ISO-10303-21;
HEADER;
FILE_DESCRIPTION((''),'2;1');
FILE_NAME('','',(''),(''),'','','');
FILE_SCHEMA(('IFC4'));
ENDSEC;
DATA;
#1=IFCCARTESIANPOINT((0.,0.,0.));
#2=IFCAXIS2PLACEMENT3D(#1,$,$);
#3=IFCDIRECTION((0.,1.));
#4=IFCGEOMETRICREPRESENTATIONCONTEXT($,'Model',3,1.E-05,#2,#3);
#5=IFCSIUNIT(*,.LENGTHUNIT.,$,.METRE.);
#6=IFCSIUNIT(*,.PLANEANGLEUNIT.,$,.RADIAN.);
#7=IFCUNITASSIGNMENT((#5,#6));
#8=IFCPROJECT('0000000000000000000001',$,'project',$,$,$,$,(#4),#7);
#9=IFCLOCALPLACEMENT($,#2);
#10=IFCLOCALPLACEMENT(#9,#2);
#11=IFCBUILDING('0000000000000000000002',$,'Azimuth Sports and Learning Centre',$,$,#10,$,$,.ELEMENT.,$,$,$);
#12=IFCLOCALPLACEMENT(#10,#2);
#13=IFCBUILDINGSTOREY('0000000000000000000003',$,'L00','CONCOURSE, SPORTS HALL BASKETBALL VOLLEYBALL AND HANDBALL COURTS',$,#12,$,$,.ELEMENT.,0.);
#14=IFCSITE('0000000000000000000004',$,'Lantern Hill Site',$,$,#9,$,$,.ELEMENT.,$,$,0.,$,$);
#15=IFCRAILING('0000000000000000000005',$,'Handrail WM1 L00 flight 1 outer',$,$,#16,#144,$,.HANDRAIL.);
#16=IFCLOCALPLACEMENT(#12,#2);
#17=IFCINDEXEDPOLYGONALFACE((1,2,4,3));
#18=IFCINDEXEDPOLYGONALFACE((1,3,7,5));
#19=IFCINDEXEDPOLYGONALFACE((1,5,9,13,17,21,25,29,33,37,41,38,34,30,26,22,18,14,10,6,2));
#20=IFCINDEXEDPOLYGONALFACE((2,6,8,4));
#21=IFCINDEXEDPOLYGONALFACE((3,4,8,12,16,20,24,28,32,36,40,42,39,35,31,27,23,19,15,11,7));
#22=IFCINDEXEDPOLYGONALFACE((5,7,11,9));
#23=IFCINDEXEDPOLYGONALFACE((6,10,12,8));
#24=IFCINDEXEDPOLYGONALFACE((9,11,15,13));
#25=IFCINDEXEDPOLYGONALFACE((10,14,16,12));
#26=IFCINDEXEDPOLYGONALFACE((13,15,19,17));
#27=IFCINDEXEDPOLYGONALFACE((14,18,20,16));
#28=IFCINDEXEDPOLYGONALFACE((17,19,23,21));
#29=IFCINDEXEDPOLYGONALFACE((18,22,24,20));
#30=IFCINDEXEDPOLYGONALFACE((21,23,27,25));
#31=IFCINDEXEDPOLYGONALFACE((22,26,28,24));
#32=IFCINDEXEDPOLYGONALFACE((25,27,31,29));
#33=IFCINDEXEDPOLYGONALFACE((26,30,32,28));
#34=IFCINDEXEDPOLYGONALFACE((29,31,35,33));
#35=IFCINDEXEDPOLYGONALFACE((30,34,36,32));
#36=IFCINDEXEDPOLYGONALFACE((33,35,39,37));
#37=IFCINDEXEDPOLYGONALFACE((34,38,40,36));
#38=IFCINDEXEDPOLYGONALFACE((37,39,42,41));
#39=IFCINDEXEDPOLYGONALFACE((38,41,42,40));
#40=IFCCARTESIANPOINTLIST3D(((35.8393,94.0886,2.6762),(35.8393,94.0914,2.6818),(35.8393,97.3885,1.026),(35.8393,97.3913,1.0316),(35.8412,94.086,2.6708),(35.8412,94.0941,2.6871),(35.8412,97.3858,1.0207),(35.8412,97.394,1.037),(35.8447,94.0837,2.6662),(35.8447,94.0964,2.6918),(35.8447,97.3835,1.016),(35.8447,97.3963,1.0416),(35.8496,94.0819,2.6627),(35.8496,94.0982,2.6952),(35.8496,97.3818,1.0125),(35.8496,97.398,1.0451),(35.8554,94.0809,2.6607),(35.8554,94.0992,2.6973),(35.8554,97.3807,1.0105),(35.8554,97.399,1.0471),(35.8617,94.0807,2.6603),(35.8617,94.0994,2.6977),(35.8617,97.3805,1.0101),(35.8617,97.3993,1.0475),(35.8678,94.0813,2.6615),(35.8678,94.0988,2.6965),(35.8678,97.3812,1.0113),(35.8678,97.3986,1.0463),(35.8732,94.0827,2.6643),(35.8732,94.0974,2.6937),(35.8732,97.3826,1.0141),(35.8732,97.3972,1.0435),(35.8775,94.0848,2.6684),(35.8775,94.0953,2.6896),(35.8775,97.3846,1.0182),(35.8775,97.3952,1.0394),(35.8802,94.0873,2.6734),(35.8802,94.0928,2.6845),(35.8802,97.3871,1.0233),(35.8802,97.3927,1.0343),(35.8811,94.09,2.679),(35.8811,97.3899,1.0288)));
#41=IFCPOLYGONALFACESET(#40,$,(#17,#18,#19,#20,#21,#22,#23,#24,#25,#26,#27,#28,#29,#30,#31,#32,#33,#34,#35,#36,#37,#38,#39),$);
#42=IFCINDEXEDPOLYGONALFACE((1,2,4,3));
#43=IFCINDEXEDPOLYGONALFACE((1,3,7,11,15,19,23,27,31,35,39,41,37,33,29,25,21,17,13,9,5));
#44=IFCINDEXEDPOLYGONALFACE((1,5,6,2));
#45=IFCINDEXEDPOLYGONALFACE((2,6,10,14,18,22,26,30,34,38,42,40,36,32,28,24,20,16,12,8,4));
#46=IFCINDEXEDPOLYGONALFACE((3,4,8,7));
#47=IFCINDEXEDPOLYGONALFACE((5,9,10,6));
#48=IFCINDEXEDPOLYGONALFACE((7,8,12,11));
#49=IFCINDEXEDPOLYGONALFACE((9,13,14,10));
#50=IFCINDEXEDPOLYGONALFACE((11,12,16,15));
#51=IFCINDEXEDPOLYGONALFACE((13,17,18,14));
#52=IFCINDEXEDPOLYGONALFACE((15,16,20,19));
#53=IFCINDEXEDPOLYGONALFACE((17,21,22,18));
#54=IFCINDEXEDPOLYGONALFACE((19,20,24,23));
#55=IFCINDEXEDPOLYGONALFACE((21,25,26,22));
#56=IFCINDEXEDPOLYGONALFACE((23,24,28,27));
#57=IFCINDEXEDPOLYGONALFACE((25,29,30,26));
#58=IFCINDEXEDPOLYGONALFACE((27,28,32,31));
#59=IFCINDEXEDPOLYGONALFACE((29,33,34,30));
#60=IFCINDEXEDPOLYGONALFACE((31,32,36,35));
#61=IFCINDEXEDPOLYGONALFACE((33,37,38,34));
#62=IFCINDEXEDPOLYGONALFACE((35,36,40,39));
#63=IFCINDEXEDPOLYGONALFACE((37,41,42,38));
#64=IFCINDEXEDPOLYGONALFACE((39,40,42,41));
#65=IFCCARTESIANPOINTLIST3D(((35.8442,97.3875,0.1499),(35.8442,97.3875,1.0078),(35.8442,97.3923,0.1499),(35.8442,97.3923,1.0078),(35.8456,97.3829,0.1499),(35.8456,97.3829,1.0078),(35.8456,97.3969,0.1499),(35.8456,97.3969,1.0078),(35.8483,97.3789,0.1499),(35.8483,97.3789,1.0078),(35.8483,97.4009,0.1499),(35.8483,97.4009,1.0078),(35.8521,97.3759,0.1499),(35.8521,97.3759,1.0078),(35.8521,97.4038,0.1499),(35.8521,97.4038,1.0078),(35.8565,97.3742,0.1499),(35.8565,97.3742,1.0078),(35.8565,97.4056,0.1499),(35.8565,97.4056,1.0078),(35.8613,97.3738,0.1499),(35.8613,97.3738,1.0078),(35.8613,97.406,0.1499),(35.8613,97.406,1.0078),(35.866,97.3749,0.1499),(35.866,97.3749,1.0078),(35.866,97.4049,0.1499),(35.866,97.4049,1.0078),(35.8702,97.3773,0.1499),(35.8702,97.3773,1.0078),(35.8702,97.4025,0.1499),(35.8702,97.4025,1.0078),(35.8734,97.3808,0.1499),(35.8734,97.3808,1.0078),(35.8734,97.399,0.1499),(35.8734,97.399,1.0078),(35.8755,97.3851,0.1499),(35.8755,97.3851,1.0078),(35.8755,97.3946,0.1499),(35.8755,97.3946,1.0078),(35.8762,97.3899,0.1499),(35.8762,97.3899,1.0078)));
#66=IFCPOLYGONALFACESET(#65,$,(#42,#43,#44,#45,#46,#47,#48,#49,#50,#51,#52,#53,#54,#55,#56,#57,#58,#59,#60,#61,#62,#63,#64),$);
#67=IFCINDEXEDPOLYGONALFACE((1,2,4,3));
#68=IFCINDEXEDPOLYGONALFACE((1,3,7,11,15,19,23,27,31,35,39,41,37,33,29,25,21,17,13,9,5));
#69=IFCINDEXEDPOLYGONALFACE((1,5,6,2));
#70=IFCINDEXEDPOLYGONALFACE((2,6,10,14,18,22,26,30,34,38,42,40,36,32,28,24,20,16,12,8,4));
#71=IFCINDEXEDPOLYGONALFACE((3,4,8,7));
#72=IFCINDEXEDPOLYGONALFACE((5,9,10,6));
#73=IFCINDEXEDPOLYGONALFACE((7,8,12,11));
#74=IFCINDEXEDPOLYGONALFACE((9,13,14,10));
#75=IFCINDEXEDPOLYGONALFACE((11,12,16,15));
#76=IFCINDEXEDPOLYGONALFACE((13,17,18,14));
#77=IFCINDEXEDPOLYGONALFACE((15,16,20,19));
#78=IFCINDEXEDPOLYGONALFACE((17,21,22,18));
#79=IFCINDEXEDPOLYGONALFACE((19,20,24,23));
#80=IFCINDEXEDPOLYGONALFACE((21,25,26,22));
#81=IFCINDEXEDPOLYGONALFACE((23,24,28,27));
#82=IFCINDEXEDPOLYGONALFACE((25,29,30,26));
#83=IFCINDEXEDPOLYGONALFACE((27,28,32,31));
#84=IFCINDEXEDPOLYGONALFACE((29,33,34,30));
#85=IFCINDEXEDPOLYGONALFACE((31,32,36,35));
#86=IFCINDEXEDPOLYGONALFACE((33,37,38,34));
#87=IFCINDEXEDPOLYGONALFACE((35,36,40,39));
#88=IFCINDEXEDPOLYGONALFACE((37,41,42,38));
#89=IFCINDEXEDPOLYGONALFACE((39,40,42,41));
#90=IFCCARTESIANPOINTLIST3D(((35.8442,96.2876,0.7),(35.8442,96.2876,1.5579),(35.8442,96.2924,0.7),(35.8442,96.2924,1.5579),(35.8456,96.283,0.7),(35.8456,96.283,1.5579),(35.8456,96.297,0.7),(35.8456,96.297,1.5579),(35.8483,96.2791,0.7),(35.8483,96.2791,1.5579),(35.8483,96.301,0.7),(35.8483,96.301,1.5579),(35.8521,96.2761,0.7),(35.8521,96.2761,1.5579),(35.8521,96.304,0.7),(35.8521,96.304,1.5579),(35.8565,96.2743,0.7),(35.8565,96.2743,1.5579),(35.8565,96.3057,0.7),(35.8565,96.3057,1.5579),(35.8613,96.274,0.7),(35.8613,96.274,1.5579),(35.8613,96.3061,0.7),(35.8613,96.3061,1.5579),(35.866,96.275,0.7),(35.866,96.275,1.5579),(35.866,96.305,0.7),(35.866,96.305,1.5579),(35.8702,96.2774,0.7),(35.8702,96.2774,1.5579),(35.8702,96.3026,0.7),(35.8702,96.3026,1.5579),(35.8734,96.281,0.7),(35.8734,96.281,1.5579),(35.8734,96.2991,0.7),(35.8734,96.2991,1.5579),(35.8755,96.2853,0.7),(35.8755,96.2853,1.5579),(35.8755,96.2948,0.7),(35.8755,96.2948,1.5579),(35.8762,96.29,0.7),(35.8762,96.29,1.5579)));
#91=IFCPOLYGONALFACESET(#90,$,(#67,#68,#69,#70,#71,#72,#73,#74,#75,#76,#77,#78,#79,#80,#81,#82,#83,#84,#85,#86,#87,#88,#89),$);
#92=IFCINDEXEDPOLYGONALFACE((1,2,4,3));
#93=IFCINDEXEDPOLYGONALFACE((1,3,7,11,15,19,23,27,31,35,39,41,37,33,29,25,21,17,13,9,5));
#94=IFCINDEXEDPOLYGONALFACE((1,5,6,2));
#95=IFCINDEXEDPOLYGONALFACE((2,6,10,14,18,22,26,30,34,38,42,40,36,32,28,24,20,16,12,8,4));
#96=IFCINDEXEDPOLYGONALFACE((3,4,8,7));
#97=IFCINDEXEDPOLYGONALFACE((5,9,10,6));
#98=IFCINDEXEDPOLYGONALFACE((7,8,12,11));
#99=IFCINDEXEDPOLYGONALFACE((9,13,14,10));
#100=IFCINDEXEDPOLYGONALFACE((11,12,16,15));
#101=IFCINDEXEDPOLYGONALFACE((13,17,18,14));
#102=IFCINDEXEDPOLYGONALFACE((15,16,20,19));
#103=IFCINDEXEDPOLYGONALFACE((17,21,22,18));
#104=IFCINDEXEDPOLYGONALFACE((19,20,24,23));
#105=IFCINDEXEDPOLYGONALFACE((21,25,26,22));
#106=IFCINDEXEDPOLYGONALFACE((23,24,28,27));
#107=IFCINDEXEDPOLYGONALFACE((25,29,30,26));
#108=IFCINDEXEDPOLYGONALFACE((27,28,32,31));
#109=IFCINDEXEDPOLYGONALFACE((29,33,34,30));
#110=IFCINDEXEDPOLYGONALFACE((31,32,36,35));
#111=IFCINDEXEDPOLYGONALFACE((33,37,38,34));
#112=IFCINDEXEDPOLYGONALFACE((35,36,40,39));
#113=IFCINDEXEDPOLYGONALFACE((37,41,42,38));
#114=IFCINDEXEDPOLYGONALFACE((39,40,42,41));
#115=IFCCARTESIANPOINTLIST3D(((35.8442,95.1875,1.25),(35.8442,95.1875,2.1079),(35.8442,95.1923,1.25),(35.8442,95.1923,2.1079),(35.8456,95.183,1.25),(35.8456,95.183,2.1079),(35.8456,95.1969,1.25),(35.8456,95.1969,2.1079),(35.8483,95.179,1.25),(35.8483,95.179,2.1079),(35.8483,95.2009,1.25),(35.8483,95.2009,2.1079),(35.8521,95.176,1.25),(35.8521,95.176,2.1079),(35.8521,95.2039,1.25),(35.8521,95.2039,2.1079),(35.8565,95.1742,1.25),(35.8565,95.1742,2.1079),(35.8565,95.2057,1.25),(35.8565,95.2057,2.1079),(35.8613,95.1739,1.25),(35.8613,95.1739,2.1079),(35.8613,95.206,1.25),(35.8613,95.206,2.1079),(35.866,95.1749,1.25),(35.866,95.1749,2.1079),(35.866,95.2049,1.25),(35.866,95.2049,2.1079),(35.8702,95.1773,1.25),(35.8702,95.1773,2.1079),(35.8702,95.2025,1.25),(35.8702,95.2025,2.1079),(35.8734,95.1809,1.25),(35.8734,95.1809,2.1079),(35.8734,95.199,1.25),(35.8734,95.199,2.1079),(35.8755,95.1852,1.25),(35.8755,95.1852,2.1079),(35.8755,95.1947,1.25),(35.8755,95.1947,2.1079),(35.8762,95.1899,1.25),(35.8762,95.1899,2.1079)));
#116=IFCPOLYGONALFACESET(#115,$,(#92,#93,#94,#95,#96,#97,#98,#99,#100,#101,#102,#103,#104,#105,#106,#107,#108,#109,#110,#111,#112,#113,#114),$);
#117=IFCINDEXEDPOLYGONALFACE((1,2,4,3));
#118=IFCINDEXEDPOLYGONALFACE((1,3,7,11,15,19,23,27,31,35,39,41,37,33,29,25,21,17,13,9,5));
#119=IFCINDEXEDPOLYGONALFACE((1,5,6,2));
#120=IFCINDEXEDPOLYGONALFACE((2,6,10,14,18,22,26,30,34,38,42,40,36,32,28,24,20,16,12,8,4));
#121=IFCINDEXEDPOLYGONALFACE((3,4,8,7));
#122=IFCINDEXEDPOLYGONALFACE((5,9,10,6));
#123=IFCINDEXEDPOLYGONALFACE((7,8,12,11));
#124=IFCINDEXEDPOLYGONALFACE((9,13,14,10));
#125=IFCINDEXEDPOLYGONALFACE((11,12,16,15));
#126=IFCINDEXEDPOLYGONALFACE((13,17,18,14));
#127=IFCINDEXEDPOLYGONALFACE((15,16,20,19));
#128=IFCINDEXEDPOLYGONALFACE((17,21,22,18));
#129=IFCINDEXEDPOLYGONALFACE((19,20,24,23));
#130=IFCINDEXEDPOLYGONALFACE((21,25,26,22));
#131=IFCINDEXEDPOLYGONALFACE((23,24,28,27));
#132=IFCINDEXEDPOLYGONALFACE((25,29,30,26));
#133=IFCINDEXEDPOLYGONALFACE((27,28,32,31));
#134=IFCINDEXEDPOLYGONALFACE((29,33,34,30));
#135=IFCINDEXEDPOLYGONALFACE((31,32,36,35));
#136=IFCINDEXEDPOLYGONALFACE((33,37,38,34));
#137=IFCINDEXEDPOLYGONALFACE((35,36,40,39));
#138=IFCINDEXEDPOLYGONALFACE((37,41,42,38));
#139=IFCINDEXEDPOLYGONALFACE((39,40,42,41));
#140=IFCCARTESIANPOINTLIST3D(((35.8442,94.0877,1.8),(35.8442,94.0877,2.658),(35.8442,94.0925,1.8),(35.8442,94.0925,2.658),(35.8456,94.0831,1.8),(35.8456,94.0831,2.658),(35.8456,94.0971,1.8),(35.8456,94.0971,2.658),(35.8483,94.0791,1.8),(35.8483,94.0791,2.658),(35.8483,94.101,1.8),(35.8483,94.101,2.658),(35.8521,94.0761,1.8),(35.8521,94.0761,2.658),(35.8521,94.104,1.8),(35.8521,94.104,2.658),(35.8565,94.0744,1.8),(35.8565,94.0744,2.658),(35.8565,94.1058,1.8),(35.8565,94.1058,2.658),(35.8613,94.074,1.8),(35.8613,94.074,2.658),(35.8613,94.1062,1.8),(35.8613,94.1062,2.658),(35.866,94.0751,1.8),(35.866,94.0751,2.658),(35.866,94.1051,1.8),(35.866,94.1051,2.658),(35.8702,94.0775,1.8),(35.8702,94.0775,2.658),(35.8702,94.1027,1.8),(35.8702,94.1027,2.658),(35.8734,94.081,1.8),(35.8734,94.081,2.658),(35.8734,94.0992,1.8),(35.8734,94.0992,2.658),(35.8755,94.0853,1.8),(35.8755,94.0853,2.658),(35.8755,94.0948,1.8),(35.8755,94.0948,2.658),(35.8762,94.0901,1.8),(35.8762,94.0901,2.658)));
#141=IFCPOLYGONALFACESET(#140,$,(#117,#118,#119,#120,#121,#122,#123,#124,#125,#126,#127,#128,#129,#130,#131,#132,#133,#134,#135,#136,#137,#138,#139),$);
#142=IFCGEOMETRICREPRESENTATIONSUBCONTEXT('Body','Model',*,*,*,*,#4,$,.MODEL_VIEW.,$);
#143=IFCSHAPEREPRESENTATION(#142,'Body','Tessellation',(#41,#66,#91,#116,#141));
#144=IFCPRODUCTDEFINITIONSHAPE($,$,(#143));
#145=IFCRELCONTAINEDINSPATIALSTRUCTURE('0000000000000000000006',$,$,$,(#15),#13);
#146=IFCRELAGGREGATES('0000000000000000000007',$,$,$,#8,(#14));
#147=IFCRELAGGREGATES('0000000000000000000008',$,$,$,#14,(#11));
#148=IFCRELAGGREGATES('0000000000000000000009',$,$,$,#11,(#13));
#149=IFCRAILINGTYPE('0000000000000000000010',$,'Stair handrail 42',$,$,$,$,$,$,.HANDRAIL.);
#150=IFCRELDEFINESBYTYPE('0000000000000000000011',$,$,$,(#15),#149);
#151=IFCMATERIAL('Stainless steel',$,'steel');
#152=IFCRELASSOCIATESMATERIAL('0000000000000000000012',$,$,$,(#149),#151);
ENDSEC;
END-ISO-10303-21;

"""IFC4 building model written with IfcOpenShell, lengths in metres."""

from ifc_helpers import new_model, si_unit, direction, frame, origin, origin_2d, place, context, subcontext, project, spatial, circle, extrude, material, type_object, element, save


model = new_model("IFC4")

# Units and contexts
model_context = context("Model", 3, precision=1e-05, world=origin(), true_north=direction((0.0, 1.0)))
body_context = subcontext(model_context, "Body", "Model", "MODEL_VIEW")
ifc_project = project(units=[si_unit("LENGTHUNIT", "METRE"), si_unit("PLANEANGLEUNIT", "RADIAN")], contexts=[model_context])

# Site, building, storey
site_placement = place(None, origin())
site = spatial("IfcSite", under=ifc_project, at=site_placement, Name="Lantern Hill Site", CompositionType="ELEMENT", RefElevation=0.0)
building_placement = place(site_placement, origin())
building = spatial("IfcBuilding", under=site, at=building_placement, Name="Azimuth Sports and Learning Centre", CompositionType="ELEMENT")
storey_placement = place(building_placement, origin())
storey = spatial("IfcBuildingStorey", under=building, at=storey_placement, Name="L00", Description="CONCOURSE, SPORTS HALL BASKETBALL VOLLEYBALL AND HANDBALL COURTS", CompositionType="ELEMENT", Elevation=0.0)

# Railing
ifc_material_1 = material(Name="Stainless steel", Category="steel")
railing_type_1 = type_object("IfcRailingType", Name="Stair handrail 42", PredefinedType="HANDRAIL", material=ifc_material_1)
for number, where, name in (
    (1, (35.8601, 97.3899, 0.1499), "Handrail WM1 L00 flight 1 outer"),
):
    element("IfcRailing", number, at=place(storey_placement, frame(where)), inside=storey, type_object=railing_type_1, Name=name, PredefinedType="HANDRAIL", context=body_context, shape_type="SweptSolid", body=[
        extrude(circle(Radius=0.021, at=origin_2d()), frame((0.0, 0.0, 0.8789), z_axis=(0.0, -0.894401, 0.447267), x_axis=(1.0, 0.0, 0.0)), (0.0, 0.0, 1.0), 3.6895),
        extrude(circle(Radius=0.0161, at=origin_2d()), origin(), (0.0, 0.0, 1.0), 0.8579),
        extrude(circle(Radius=0.0161, at=origin_2d()), frame((0.0, -1.0999, 0.55)), (0.0, 0.0, 1.0), 0.8579),
        extrude(circle(Radius=0.0161, at=origin_2d()), frame((0.0, -2.2, 1.1001)), (0.0, 0.0, 1.0), 0.8579),
        extrude(circle(Radius=0.0161, at=origin_2d()), frame((0.0, -3.2998, 1.6501)), (0.0, 0.0, 1.0), 0.8579),
    ])

save(model, "model.ifc")
